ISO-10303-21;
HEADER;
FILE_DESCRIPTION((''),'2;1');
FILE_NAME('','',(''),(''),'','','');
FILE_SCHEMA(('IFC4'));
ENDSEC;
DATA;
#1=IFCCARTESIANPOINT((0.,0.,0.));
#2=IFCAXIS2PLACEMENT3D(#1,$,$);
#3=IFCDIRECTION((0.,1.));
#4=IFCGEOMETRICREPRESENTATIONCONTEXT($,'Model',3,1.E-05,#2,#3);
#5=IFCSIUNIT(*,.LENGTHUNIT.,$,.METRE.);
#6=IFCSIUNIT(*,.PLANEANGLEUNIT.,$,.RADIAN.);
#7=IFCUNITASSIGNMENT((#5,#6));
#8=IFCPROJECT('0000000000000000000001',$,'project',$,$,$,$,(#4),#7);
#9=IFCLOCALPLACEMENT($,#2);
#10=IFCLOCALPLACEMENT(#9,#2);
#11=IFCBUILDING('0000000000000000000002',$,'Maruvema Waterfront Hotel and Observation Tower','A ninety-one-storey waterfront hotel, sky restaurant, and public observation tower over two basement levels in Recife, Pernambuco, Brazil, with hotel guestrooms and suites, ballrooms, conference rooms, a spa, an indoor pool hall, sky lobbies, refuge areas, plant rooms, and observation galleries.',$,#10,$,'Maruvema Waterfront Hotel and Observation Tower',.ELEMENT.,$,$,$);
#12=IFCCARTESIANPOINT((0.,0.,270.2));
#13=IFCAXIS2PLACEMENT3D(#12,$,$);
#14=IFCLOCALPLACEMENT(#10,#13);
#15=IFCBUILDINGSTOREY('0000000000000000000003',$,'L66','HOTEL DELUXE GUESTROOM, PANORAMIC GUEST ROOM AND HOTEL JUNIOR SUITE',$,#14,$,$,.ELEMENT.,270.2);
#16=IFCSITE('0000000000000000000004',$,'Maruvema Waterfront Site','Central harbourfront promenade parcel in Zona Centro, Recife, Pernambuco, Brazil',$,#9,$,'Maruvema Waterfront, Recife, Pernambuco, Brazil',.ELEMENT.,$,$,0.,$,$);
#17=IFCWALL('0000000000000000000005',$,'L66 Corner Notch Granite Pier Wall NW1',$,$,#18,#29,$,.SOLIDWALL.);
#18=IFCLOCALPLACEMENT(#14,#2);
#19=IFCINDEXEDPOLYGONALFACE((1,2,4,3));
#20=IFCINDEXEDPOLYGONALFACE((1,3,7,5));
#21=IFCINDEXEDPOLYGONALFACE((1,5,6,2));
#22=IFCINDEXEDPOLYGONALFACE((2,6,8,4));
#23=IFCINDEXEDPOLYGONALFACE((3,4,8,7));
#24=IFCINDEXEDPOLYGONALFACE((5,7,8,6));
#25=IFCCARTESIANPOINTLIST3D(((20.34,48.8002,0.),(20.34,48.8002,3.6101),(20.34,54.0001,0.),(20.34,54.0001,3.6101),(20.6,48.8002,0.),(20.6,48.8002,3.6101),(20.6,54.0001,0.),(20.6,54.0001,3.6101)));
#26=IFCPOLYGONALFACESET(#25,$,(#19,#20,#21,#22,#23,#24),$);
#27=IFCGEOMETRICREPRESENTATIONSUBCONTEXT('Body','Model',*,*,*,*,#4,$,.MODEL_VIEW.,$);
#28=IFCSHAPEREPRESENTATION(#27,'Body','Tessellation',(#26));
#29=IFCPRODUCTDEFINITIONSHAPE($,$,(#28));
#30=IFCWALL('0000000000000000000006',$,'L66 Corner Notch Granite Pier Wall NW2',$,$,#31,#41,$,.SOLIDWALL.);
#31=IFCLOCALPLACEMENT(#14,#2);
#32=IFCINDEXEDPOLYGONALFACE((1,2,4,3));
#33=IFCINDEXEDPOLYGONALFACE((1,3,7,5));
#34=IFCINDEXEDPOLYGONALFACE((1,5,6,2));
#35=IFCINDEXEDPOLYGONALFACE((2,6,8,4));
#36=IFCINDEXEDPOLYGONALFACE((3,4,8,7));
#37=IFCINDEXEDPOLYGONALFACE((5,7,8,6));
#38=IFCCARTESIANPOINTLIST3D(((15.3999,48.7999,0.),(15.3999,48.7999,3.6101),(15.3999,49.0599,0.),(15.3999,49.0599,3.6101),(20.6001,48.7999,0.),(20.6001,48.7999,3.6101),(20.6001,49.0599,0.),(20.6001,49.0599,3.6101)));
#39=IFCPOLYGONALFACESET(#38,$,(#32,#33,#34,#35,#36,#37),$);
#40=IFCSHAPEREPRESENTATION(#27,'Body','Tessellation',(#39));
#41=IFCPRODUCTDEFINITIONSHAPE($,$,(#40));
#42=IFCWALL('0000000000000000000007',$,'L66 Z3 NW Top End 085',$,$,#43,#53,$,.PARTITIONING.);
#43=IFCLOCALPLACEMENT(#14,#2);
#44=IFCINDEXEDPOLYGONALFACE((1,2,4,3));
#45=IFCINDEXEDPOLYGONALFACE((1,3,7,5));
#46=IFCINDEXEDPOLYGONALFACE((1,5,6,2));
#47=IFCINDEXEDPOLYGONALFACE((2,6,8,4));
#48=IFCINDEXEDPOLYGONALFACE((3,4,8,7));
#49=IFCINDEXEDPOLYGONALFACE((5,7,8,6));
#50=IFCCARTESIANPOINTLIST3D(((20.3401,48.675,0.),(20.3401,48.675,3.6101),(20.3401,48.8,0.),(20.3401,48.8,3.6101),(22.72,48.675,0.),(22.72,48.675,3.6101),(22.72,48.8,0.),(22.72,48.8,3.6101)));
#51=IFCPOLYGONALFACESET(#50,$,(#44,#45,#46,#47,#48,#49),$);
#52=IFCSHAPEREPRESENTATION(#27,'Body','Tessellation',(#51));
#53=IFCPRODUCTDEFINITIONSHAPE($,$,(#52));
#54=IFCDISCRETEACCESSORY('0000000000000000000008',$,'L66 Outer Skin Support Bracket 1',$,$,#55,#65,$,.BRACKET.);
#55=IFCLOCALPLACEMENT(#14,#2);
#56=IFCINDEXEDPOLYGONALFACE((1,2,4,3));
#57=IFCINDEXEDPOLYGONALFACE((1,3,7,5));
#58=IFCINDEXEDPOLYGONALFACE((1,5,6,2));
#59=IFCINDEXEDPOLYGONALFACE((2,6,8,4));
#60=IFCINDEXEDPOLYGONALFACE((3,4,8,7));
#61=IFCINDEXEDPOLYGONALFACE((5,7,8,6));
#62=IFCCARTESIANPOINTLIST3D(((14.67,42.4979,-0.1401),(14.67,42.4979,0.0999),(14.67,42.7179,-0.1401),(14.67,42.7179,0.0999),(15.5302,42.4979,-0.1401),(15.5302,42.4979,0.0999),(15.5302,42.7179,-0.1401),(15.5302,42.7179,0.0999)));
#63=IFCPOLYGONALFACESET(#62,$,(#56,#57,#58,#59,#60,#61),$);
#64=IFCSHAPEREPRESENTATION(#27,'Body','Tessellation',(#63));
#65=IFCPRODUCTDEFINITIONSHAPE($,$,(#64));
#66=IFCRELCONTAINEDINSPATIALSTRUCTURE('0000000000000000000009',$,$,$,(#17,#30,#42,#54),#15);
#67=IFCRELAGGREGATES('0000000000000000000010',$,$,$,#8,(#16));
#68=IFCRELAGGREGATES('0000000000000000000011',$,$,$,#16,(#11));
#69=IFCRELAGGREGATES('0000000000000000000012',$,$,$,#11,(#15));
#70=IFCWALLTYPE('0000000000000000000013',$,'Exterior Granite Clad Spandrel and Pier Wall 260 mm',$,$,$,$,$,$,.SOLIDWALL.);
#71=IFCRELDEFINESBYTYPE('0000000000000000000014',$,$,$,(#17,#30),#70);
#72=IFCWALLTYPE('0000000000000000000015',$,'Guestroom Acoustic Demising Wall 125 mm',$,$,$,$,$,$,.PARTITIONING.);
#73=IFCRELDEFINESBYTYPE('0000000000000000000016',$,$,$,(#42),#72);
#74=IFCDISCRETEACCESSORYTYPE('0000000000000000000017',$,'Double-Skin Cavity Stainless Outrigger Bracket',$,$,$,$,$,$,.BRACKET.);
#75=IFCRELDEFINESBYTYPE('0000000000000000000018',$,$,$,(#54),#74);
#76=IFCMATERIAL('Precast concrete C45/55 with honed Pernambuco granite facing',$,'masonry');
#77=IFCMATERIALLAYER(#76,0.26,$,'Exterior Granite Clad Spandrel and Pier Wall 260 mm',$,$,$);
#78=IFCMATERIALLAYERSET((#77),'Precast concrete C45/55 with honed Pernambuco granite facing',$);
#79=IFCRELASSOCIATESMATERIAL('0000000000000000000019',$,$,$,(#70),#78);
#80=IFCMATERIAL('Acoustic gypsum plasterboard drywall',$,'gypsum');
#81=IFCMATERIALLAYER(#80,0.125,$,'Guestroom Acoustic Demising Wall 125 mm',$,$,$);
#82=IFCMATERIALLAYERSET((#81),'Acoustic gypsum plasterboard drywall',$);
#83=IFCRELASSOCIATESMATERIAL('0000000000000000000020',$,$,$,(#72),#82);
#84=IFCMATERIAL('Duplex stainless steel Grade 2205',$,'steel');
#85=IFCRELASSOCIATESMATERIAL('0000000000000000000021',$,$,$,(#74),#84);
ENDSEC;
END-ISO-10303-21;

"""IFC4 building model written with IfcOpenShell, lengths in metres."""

from ifc_helpers import new_model, si_unit, direction, frame, frame_2d, origin, origin_2d, place, context, subcontext, project, spatial, rectangle, extrude, material, layer, layer_set, type_object, element, save


model = new_model("IFC4")

# Units and contexts
model_context = context("Model", 3, precision=1e-05, world=origin(), true_north=direction((0.0, 1.0)))
body_context = subcontext(model_context, "Body", "Model", "MODEL_VIEW")
ifc_project = project(units=[si_unit("LENGTHUNIT", "METRE"), si_unit("PLANEANGLEUNIT", "RADIAN")], contexts=[model_context])

# Site, building, storey
site_placement = place(None, origin())
site = spatial("IfcSite", under=ifc_project, at=site_placement, Name="Maruvema Waterfront Site", Description="Central harbourfront promenade parcel in Zona Centro, Recife, Pernambuco, Brazil", LongName="Maruvema Waterfront, Recife, Pernambuco, Brazil", CompositionType="ELEMENT", RefElevation=0.0)
building_placement = place(site_placement, origin())
building = spatial("IfcBuilding", under=site, at=building_placement, Name="Maruvema Waterfront Hotel and Observation Tower", Description="A ninety-one-storey waterfront hotel, sky restaurant, and public observation tower over two basement levels in Recife, Pernambuco, Brazil, with hotel guestrooms and suites, ballrooms, conference rooms, a spa, an indoor pool hall, sky lobbies, refuge areas, plant rooms, and observation galleries.", LongName="Maruvema Waterfront Hotel and Observation Tower", CompositionType="ELEMENT")
storey_placement = place(building_placement, frame((0.0, 0.0, 270.2)))
storey = spatial("IfcBuildingStorey", under=building, at=storey_placement, Name="L66", Description="HOTEL DELUXE GUESTROOM, PANORAMIC GUEST ROOM AND HOTEL JUNIOR SUITE", CompositionType="ELEMENT", Elevation=270.2)

# Walls
ifc_material_1 = material(Name="Precast concrete C45/55 with honed Pernambuco granite facing", Category="masonry")
ifc_layer_1 = layer(ifc_material_1, 0.26, Name="Exterior Granite Clad Spandrel and Pier Wall 260 mm")
ifc_layer_set_1 = layer_set([ifc_layer_1], Name="Precast concrete C45/55 with honed Pernambuco granite facing")
wall_type_1 = type_object("IfcWallType", Name="Exterior Granite Clad Spandrel and Pier Wall 260 mm", PredefinedType="SOLIDWALL", material=ifc_layer_set_1)
wall_1_placement = place(storey_placement, frame((20.47, 48.8, 0.0), z_axis=(0.0, 0.0, 1.0), x_axis=(0.0, 1.0, 0.0)))
element("IfcWall", 1, at=wall_1_placement, inside=storey, type_object=wall_type_1, Name="L66 Corner Notch Granite Pier Wall NW1", PredefinedType="SOLIDWALL", context=body_context, shape_type="SweptSolid", body=[
    extrude(rectangle(XDim=5.2, YDim=0.26, at=frame_2d((2.6001, 0.0))), origin(), (0.0, 0.0, 1.0), 3.6101),
])
wall_2_placement = place(storey_placement, frame((15.3999, 48.9299, 0.0), z_axis=(0.0, 0.0, 1.0), x_axis=(1.0, 0.0, 0.0)))
element("IfcWall", 2, at=wall_2_placement, inside=storey, type_object=wall_type_1, Name="L66 Corner Notch Granite Pier Wall NW2", PredefinedType="SOLIDWALL", context=body_context, shape_type="SweptSolid", body=[
    extrude(rectangle(XDim=5.2002, YDim=0.26, at=frame_2d((2.6001, 0.0))), origin(), (0.0, 0.0, 1.0), 3.6101),
])
ifc_material_2 = material(Name="Acoustic gypsum plasterboard drywall", Category="gypsum")
ifc_layer_2 = layer(ifc_material_2, 0.125, Name="Guestroom Acoustic Demising Wall 125 mm")
ifc_layer_set_2 = layer_set([ifc_layer_2], Name="Acoustic gypsum plasterboard drywall")
wall_type_2 = type_object("IfcWallType", Name="Guestroom Acoustic Demising Wall 125 mm", PredefinedType="PARTITIONING", material=ifc_layer_set_2)
wall_3_placement = place(storey_placement, frame((20.3401, 48.7375, 0.0), z_axis=(0.0, 0.0, 1.0), x_axis=(1.0, 0.0, 0.0)))
element("IfcWall", 3, at=wall_3_placement, inside=storey, type_object=wall_type_2, Name="L66 Z3 NW Top End 085", PredefinedType="PARTITIONING", context=body_context, shape_type="SweptSolid", body=[
    extrude(rectangle(XDim=2.3799, YDim=0.125, at=frame_2d((1.1899, 0.0))), origin(), (0.0, 0.0, 1.0), 3.6101),
])

# Discrete accessory
ifc_material_3 = material(Name="Duplex stainless steel Grade 2205", Category="steel")
discrete_accessory_type = type_object("IfcDiscreteAccessoryType", Name="Double-Skin Cavity Stainless Outrigger Bracket", PredefinedType="BRACKET", material=ifc_material_3)
discrete_accessory_placement = place(storey_placement, frame((15.1001, 42.6079, -0.1401), z_axis=(0.0, 0.0, 1.0), x_axis=(0.0, -1.0, 0.0)))
element("IfcDiscreteAccessory", 4, at=discrete_accessory_placement, inside=storey, type_object=discrete_accessory_type, Name="L66 Outer Skin Support Bracket 1", PredefinedType="BRACKET", context=body_context, shape_type="SweptSolid", body=[
    extrude(rectangle(XDim=0.22, YDim=0.8601, at=origin_2d()), origin(), (0.0, 0.0, 1.0), 0.24),
])

save(model, "model.ifc")
